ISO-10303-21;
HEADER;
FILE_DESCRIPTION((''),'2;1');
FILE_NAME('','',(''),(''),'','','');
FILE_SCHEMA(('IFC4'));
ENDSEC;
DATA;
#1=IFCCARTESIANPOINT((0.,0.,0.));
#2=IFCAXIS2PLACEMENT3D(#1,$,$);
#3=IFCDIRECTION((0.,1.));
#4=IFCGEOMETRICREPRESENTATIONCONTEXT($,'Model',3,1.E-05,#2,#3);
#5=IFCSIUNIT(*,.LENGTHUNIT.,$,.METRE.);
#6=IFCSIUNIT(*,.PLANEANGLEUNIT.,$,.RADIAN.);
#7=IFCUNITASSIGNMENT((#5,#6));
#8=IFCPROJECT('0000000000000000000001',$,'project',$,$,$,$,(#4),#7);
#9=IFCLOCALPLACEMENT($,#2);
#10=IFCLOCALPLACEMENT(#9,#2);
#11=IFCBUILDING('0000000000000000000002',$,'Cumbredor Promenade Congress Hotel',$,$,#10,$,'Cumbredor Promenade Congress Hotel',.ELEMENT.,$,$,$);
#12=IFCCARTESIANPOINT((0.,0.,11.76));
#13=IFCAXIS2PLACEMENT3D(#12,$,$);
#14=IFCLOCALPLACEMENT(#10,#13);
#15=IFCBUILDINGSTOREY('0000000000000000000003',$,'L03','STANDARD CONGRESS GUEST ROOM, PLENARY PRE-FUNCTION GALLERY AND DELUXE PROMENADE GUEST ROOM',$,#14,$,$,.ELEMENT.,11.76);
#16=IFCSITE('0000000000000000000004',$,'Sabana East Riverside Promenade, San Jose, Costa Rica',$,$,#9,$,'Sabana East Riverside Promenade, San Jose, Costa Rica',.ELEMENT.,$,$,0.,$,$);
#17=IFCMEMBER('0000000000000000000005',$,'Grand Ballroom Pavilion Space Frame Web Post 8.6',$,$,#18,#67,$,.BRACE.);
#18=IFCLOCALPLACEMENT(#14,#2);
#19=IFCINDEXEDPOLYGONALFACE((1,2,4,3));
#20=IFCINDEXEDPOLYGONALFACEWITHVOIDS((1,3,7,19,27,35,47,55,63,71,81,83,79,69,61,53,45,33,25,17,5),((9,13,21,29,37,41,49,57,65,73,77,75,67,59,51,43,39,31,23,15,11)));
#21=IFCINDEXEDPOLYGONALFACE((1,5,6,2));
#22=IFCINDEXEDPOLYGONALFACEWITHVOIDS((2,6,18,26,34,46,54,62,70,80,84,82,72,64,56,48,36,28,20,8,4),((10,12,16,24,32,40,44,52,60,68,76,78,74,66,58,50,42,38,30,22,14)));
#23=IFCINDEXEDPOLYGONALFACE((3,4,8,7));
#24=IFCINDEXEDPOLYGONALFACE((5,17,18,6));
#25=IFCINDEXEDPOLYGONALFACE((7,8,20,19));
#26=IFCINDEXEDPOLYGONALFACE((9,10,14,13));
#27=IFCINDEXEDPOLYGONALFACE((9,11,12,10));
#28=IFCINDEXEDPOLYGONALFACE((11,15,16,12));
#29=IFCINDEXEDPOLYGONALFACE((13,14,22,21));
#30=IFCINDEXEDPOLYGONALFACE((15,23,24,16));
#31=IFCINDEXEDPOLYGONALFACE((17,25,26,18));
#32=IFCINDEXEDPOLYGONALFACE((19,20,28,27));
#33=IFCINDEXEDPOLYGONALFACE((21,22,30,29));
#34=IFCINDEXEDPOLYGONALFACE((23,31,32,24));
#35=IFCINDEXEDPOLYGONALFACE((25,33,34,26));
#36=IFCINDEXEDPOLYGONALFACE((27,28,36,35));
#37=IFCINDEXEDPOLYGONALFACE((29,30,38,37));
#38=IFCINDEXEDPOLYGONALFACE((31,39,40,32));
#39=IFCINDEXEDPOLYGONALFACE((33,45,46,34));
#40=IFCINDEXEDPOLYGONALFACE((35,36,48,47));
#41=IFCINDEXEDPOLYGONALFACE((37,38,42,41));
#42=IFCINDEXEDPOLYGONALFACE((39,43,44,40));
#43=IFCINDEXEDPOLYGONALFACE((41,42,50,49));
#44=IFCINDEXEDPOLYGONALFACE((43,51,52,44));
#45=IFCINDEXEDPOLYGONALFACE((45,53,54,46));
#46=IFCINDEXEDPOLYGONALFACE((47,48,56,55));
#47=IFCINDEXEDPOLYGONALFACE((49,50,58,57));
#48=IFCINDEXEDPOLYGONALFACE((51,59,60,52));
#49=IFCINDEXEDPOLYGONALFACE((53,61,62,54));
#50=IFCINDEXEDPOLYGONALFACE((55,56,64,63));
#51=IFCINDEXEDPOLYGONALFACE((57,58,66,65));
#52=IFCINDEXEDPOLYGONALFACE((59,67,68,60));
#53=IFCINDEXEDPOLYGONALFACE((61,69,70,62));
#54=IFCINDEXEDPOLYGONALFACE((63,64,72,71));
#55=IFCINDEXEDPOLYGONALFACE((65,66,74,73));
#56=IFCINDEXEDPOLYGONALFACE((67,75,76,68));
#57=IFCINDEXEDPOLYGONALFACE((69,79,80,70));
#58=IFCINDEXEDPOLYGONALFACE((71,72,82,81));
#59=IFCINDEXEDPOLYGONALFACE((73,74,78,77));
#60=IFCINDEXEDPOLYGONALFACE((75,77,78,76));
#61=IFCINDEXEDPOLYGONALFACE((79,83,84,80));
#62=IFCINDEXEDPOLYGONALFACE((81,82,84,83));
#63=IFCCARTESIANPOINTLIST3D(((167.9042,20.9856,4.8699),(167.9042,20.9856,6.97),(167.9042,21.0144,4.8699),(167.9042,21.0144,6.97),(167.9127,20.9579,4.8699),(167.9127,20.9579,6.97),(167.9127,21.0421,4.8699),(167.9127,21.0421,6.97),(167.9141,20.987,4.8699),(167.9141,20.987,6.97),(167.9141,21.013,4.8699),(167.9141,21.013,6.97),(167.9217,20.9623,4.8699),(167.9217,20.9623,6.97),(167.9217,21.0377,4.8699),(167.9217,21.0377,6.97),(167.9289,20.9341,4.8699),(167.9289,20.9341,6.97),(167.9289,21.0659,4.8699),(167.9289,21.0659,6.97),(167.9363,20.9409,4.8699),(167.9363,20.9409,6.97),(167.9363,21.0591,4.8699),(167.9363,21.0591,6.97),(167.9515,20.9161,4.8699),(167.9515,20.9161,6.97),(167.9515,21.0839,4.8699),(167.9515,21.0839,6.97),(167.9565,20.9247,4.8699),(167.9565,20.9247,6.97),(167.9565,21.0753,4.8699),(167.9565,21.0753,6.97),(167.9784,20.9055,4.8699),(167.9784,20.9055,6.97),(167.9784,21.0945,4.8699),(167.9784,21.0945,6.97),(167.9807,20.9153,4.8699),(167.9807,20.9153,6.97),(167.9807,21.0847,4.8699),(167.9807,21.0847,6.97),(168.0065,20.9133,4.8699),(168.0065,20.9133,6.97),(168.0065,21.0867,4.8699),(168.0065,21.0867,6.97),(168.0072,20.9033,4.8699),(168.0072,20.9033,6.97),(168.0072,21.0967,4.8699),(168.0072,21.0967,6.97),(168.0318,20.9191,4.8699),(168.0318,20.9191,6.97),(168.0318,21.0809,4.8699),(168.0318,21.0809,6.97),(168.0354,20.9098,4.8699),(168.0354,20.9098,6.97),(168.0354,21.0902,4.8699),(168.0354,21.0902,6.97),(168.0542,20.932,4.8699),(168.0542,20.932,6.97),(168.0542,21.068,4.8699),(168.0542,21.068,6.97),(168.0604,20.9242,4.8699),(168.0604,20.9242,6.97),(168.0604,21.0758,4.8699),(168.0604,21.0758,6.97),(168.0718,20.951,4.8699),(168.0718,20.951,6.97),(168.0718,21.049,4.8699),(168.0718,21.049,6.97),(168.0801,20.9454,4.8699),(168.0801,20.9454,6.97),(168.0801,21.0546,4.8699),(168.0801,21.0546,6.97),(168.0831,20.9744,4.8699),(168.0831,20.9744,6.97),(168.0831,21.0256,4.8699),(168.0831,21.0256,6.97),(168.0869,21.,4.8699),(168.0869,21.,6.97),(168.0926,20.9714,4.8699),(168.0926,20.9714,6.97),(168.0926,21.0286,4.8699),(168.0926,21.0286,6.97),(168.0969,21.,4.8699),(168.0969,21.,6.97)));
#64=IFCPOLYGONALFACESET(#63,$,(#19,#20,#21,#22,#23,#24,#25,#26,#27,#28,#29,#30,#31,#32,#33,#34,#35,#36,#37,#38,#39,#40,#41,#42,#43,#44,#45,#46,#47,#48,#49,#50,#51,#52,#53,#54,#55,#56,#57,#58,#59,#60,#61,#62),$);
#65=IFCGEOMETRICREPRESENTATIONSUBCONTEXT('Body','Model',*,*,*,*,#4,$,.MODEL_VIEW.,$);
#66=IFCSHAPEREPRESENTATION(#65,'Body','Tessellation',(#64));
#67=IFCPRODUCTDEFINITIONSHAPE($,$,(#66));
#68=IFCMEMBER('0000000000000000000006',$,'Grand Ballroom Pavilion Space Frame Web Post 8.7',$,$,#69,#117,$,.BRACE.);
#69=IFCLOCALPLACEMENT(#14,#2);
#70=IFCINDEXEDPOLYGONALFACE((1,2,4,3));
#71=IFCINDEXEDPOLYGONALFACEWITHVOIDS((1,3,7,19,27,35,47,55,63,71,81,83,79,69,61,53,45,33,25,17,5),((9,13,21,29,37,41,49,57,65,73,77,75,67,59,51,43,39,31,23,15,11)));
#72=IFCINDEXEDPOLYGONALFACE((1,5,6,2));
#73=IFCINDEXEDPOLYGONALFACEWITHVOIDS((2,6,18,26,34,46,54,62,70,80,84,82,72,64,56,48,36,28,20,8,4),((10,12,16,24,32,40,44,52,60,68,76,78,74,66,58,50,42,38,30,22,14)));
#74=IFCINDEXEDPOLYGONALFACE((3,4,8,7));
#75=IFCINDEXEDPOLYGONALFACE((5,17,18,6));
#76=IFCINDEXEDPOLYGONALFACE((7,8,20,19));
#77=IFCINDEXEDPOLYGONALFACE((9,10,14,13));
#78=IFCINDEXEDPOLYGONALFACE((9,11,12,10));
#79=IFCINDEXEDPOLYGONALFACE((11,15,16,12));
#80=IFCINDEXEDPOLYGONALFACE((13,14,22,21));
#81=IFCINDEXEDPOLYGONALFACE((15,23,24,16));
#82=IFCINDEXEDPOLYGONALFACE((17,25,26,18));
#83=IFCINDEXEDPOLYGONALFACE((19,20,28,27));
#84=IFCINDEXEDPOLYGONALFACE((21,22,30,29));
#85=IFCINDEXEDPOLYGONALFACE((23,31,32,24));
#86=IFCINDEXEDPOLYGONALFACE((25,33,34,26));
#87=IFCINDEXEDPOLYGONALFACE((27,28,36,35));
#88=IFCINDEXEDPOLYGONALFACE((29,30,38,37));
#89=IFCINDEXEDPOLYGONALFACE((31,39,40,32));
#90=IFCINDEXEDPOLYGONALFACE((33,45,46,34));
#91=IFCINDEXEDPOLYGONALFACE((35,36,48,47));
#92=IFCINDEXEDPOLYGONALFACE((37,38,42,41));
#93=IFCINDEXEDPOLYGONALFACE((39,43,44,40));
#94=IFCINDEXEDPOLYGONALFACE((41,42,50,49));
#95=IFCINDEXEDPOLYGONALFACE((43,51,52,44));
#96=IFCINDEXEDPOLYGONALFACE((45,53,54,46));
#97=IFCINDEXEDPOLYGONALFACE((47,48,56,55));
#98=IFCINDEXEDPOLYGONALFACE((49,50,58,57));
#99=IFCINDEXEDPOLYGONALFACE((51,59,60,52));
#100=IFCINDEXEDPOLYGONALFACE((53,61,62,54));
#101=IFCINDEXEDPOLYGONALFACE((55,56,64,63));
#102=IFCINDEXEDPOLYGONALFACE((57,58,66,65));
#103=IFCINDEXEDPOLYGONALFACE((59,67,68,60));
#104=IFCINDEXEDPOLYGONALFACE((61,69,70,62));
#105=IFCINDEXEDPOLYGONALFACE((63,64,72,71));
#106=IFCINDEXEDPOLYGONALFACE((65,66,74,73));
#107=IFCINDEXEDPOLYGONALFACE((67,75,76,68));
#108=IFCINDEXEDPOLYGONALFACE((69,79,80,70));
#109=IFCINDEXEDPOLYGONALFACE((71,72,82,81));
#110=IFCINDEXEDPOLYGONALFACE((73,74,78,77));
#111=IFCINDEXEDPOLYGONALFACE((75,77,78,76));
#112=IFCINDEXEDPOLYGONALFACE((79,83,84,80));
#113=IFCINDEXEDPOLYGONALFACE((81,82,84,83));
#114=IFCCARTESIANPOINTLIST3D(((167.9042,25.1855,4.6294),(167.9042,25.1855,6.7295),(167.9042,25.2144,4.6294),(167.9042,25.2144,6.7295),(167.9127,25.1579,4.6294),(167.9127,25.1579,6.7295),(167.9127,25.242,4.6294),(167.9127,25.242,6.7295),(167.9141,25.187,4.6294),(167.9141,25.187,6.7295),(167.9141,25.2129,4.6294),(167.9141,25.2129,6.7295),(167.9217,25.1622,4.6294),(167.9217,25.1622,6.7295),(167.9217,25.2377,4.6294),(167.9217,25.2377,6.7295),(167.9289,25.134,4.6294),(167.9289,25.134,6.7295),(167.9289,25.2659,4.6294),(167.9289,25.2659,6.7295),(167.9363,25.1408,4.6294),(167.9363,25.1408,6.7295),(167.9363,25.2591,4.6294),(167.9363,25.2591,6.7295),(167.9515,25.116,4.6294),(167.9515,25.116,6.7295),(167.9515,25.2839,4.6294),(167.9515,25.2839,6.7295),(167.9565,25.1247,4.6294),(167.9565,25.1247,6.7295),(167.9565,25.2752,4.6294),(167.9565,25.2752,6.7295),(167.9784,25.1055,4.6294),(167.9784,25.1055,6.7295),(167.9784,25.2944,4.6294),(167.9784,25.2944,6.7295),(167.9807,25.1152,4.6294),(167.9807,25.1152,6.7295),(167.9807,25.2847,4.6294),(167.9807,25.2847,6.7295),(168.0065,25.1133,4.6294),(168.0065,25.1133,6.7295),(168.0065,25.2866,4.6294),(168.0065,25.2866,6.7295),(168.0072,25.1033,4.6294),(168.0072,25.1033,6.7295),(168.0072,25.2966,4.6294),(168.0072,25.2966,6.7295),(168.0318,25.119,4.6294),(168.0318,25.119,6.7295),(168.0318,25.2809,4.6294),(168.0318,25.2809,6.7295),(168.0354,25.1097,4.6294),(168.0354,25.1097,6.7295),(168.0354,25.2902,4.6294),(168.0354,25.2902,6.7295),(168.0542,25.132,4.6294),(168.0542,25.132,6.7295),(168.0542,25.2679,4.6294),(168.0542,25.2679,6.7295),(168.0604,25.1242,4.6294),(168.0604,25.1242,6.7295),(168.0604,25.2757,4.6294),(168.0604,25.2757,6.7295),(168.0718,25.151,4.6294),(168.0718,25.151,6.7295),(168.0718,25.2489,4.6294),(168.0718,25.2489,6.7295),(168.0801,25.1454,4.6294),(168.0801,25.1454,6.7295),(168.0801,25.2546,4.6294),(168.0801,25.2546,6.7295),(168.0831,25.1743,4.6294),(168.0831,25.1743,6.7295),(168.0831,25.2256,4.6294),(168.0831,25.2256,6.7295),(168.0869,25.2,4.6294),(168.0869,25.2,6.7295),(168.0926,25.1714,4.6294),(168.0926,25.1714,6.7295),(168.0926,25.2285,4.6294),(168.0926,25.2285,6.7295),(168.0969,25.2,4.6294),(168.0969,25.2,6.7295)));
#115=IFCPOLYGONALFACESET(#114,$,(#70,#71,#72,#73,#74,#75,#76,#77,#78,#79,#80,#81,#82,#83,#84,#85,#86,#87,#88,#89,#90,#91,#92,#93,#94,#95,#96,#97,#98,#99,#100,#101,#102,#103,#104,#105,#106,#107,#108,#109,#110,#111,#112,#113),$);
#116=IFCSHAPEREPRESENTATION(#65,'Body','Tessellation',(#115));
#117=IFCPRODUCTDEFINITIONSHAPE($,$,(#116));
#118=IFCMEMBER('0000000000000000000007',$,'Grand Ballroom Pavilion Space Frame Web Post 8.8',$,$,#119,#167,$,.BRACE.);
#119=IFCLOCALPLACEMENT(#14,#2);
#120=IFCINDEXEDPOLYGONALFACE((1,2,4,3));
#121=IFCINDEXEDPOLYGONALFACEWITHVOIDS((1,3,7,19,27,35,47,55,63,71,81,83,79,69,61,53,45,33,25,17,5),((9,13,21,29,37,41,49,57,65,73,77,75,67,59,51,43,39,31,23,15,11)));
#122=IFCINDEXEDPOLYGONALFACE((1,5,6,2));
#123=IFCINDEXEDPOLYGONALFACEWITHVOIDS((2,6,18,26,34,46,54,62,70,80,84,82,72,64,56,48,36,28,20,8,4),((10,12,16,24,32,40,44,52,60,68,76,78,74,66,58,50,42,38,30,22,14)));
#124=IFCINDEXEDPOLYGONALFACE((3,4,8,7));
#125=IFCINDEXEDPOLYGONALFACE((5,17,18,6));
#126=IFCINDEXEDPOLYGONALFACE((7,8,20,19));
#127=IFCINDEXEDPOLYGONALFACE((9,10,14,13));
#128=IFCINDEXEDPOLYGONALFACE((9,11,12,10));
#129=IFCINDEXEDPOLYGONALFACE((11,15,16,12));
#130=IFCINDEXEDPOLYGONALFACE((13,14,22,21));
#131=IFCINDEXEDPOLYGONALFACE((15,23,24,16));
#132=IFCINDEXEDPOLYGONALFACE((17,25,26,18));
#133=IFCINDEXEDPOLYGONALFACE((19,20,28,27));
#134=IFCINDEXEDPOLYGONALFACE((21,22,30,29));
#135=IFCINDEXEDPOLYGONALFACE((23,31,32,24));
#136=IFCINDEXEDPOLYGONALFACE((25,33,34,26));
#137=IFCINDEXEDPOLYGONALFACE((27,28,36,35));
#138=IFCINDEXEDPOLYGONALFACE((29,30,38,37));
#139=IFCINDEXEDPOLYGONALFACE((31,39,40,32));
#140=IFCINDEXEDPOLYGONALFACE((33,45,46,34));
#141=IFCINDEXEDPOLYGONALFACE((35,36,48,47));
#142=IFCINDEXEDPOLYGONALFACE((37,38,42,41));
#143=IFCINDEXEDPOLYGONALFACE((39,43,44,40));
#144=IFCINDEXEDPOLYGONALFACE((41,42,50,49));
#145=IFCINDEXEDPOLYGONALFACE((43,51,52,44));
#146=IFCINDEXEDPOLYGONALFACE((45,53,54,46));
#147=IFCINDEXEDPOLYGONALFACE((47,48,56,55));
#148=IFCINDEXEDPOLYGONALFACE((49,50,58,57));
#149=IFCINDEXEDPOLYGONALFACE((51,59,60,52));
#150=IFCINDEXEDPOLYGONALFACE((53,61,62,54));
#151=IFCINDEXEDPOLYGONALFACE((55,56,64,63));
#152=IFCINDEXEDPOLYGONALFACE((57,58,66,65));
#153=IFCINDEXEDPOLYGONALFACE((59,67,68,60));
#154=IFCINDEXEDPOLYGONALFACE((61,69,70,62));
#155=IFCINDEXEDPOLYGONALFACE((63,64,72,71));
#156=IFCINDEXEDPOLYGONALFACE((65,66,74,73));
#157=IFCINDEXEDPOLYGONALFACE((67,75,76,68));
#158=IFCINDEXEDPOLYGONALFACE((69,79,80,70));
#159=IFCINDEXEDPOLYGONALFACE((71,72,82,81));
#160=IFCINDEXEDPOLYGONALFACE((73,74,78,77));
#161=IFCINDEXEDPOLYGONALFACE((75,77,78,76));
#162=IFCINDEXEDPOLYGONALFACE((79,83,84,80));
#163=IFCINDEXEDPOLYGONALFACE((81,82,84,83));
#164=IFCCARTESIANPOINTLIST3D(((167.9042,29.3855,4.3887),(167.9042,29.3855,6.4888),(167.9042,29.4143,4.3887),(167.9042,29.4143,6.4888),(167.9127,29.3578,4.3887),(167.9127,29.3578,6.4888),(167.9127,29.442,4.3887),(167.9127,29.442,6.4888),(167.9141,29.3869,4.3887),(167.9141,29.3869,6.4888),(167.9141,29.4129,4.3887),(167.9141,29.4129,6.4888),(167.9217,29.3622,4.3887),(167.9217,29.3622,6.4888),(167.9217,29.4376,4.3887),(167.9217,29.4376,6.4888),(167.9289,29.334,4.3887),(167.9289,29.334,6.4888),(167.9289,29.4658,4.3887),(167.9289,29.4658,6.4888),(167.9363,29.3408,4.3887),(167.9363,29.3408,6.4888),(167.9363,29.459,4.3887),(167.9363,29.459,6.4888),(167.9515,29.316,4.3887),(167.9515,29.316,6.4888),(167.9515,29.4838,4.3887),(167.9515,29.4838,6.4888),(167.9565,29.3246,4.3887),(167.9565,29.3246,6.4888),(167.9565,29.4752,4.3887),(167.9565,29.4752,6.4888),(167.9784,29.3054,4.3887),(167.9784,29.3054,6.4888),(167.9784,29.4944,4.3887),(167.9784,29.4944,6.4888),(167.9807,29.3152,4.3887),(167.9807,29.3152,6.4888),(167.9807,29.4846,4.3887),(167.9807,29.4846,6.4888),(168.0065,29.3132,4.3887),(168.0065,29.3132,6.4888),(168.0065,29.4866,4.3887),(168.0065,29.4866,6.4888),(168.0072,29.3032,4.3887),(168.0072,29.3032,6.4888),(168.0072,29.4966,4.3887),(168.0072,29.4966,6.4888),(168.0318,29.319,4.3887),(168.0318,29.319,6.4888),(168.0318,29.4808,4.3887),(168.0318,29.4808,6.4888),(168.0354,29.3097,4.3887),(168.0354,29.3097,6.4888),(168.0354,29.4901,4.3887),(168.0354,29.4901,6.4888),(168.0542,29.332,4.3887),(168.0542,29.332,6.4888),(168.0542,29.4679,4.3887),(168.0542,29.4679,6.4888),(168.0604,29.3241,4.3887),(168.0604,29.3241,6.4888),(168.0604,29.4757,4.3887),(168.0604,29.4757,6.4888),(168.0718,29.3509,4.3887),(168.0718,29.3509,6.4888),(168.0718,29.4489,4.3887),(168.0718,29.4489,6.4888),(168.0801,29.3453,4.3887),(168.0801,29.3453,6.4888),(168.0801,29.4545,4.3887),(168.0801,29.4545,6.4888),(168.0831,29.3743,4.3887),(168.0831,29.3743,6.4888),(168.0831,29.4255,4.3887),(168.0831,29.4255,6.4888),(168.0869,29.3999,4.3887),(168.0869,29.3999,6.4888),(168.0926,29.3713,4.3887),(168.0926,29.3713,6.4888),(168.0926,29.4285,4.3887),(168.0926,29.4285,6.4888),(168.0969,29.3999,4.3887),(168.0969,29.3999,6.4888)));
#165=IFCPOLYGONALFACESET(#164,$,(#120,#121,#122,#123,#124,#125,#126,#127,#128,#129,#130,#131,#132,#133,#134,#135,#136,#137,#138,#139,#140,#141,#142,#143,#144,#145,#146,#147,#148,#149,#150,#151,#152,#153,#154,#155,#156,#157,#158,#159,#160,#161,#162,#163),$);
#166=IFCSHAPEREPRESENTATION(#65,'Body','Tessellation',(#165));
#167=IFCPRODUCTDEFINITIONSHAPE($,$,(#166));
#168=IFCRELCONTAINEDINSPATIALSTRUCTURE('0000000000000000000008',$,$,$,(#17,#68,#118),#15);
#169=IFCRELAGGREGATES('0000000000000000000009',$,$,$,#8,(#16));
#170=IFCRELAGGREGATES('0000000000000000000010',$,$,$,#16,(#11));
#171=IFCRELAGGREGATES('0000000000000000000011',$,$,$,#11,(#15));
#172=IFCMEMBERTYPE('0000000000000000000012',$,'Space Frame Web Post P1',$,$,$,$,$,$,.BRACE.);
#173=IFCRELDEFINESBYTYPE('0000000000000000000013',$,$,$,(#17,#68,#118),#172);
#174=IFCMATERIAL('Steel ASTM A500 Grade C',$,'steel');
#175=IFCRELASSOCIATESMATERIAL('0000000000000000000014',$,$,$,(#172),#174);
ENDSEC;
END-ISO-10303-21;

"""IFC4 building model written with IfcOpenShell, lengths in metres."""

from ifc_helpers import new_model, si_unit, direction, frame, origin, origin_2d, place, context, subcontext, project, spatial, hollow_circle, extrude, material, material_profile, profile_set, type_object, element, save


model = new_model("IFC4")

# Units and contexts
model_context = context("Model", 3, precision=1e-05, world=origin(), true_north=direction((0.0, 1.0)))
body_context = subcontext(model_context, "Body", "Model", "MODEL_VIEW")
ifc_project = project(units=[si_unit("LENGTHUNIT", "METRE"), si_unit("PLANEANGLEUNIT", "RADIAN")], contexts=[model_context])

# Site, building, storey
site_placement = place(None, origin())
site = spatial("IfcSite", under=ifc_project, at=site_placement, Name="Sabana East Riverside Promenade, San Jose, Costa Rica", LongName="Sabana East Riverside Promenade, San Jose, Costa Rica", CompositionType="ELEMENT", RefElevation=0.0)
building_placement = place(site_placement, origin())
building = spatial("IfcBuilding", under=site, at=building_placement, Name="Cumbredor Promenade Congress Hotel", LongName="Cumbredor Promenade Congress Hotel", CompositionType="ELEMENT")
storey_placement = place(building_placement, frame((0.0, 0.0, 11.76)))
storey = spatial("IfcBuildingStorey", under=building, at=storey_placement, Name="L03", Description="STANDARD CONGRESS GUEST ROOM, PLENARY PRE-FUNCTION GALLERY AND DELUXE PROMENADE GUEST ROOM", CompositionType="ELEMENT", Elevation=11.76)

# Members
ifc_material_1 = material(Name="Steel ASTM A500 Grade C", Category="steel")
ifc_material_profile_1 = material_profile(ifc_material_1, hollow_circle(Radius=0.0969, WallThickness=0.01, at=origin_2d()), Name="CHS 193.7x10")
ifc_profile_set_1 = profile_set([ifc_material_profile_1], Name="Steel ASTM A500 Grade C")
member_type_1 = type_object("IfcMemberType", Name="Space Frame Web Post P1", PredefinedType="BRACE", material=ifc_profile_set_1)
for number, where, z_axis, x_axis, name in (
    (1, (168.0, 21.0, 4.8699), (0.0, 0.0, 1.0), (1.0, 0.0, 0.0), "Grand Ballroom Pavilion Space Frame Web Post 8.6"),
    (2, (168.0, 25.2, 4.6294), (0.0, 0.0, 1.0), (1.0, 0.0, 0.0), "Grand Ballroom Pavilion Space Frame Web Post 8.7"),
    (3, (168.0, 29.3999, 4.3887), (0.0, 0.0, 1.0), (1.0, 0.0, 0.0), "Grand Ballroom Pavilion Space Frame Web Post 8.8"),
):
    element("IfcMember", number, at=place(storey_placement, frame(where, z_axis=z_axis, x_axis=x_axis)), inside=storey, type_object=member_type_1, Name=name, PredefinedType="BRACE", context=body_context, shape_type="SweptSolid", body=[
        extrude(hollow_circle(Radius=0.0969, WallThickness=0.01, at=origin_2d()), origin(), (0.0, 0.0, 1.0), 2.1001),
    ])

save(model, "model.ifc")
